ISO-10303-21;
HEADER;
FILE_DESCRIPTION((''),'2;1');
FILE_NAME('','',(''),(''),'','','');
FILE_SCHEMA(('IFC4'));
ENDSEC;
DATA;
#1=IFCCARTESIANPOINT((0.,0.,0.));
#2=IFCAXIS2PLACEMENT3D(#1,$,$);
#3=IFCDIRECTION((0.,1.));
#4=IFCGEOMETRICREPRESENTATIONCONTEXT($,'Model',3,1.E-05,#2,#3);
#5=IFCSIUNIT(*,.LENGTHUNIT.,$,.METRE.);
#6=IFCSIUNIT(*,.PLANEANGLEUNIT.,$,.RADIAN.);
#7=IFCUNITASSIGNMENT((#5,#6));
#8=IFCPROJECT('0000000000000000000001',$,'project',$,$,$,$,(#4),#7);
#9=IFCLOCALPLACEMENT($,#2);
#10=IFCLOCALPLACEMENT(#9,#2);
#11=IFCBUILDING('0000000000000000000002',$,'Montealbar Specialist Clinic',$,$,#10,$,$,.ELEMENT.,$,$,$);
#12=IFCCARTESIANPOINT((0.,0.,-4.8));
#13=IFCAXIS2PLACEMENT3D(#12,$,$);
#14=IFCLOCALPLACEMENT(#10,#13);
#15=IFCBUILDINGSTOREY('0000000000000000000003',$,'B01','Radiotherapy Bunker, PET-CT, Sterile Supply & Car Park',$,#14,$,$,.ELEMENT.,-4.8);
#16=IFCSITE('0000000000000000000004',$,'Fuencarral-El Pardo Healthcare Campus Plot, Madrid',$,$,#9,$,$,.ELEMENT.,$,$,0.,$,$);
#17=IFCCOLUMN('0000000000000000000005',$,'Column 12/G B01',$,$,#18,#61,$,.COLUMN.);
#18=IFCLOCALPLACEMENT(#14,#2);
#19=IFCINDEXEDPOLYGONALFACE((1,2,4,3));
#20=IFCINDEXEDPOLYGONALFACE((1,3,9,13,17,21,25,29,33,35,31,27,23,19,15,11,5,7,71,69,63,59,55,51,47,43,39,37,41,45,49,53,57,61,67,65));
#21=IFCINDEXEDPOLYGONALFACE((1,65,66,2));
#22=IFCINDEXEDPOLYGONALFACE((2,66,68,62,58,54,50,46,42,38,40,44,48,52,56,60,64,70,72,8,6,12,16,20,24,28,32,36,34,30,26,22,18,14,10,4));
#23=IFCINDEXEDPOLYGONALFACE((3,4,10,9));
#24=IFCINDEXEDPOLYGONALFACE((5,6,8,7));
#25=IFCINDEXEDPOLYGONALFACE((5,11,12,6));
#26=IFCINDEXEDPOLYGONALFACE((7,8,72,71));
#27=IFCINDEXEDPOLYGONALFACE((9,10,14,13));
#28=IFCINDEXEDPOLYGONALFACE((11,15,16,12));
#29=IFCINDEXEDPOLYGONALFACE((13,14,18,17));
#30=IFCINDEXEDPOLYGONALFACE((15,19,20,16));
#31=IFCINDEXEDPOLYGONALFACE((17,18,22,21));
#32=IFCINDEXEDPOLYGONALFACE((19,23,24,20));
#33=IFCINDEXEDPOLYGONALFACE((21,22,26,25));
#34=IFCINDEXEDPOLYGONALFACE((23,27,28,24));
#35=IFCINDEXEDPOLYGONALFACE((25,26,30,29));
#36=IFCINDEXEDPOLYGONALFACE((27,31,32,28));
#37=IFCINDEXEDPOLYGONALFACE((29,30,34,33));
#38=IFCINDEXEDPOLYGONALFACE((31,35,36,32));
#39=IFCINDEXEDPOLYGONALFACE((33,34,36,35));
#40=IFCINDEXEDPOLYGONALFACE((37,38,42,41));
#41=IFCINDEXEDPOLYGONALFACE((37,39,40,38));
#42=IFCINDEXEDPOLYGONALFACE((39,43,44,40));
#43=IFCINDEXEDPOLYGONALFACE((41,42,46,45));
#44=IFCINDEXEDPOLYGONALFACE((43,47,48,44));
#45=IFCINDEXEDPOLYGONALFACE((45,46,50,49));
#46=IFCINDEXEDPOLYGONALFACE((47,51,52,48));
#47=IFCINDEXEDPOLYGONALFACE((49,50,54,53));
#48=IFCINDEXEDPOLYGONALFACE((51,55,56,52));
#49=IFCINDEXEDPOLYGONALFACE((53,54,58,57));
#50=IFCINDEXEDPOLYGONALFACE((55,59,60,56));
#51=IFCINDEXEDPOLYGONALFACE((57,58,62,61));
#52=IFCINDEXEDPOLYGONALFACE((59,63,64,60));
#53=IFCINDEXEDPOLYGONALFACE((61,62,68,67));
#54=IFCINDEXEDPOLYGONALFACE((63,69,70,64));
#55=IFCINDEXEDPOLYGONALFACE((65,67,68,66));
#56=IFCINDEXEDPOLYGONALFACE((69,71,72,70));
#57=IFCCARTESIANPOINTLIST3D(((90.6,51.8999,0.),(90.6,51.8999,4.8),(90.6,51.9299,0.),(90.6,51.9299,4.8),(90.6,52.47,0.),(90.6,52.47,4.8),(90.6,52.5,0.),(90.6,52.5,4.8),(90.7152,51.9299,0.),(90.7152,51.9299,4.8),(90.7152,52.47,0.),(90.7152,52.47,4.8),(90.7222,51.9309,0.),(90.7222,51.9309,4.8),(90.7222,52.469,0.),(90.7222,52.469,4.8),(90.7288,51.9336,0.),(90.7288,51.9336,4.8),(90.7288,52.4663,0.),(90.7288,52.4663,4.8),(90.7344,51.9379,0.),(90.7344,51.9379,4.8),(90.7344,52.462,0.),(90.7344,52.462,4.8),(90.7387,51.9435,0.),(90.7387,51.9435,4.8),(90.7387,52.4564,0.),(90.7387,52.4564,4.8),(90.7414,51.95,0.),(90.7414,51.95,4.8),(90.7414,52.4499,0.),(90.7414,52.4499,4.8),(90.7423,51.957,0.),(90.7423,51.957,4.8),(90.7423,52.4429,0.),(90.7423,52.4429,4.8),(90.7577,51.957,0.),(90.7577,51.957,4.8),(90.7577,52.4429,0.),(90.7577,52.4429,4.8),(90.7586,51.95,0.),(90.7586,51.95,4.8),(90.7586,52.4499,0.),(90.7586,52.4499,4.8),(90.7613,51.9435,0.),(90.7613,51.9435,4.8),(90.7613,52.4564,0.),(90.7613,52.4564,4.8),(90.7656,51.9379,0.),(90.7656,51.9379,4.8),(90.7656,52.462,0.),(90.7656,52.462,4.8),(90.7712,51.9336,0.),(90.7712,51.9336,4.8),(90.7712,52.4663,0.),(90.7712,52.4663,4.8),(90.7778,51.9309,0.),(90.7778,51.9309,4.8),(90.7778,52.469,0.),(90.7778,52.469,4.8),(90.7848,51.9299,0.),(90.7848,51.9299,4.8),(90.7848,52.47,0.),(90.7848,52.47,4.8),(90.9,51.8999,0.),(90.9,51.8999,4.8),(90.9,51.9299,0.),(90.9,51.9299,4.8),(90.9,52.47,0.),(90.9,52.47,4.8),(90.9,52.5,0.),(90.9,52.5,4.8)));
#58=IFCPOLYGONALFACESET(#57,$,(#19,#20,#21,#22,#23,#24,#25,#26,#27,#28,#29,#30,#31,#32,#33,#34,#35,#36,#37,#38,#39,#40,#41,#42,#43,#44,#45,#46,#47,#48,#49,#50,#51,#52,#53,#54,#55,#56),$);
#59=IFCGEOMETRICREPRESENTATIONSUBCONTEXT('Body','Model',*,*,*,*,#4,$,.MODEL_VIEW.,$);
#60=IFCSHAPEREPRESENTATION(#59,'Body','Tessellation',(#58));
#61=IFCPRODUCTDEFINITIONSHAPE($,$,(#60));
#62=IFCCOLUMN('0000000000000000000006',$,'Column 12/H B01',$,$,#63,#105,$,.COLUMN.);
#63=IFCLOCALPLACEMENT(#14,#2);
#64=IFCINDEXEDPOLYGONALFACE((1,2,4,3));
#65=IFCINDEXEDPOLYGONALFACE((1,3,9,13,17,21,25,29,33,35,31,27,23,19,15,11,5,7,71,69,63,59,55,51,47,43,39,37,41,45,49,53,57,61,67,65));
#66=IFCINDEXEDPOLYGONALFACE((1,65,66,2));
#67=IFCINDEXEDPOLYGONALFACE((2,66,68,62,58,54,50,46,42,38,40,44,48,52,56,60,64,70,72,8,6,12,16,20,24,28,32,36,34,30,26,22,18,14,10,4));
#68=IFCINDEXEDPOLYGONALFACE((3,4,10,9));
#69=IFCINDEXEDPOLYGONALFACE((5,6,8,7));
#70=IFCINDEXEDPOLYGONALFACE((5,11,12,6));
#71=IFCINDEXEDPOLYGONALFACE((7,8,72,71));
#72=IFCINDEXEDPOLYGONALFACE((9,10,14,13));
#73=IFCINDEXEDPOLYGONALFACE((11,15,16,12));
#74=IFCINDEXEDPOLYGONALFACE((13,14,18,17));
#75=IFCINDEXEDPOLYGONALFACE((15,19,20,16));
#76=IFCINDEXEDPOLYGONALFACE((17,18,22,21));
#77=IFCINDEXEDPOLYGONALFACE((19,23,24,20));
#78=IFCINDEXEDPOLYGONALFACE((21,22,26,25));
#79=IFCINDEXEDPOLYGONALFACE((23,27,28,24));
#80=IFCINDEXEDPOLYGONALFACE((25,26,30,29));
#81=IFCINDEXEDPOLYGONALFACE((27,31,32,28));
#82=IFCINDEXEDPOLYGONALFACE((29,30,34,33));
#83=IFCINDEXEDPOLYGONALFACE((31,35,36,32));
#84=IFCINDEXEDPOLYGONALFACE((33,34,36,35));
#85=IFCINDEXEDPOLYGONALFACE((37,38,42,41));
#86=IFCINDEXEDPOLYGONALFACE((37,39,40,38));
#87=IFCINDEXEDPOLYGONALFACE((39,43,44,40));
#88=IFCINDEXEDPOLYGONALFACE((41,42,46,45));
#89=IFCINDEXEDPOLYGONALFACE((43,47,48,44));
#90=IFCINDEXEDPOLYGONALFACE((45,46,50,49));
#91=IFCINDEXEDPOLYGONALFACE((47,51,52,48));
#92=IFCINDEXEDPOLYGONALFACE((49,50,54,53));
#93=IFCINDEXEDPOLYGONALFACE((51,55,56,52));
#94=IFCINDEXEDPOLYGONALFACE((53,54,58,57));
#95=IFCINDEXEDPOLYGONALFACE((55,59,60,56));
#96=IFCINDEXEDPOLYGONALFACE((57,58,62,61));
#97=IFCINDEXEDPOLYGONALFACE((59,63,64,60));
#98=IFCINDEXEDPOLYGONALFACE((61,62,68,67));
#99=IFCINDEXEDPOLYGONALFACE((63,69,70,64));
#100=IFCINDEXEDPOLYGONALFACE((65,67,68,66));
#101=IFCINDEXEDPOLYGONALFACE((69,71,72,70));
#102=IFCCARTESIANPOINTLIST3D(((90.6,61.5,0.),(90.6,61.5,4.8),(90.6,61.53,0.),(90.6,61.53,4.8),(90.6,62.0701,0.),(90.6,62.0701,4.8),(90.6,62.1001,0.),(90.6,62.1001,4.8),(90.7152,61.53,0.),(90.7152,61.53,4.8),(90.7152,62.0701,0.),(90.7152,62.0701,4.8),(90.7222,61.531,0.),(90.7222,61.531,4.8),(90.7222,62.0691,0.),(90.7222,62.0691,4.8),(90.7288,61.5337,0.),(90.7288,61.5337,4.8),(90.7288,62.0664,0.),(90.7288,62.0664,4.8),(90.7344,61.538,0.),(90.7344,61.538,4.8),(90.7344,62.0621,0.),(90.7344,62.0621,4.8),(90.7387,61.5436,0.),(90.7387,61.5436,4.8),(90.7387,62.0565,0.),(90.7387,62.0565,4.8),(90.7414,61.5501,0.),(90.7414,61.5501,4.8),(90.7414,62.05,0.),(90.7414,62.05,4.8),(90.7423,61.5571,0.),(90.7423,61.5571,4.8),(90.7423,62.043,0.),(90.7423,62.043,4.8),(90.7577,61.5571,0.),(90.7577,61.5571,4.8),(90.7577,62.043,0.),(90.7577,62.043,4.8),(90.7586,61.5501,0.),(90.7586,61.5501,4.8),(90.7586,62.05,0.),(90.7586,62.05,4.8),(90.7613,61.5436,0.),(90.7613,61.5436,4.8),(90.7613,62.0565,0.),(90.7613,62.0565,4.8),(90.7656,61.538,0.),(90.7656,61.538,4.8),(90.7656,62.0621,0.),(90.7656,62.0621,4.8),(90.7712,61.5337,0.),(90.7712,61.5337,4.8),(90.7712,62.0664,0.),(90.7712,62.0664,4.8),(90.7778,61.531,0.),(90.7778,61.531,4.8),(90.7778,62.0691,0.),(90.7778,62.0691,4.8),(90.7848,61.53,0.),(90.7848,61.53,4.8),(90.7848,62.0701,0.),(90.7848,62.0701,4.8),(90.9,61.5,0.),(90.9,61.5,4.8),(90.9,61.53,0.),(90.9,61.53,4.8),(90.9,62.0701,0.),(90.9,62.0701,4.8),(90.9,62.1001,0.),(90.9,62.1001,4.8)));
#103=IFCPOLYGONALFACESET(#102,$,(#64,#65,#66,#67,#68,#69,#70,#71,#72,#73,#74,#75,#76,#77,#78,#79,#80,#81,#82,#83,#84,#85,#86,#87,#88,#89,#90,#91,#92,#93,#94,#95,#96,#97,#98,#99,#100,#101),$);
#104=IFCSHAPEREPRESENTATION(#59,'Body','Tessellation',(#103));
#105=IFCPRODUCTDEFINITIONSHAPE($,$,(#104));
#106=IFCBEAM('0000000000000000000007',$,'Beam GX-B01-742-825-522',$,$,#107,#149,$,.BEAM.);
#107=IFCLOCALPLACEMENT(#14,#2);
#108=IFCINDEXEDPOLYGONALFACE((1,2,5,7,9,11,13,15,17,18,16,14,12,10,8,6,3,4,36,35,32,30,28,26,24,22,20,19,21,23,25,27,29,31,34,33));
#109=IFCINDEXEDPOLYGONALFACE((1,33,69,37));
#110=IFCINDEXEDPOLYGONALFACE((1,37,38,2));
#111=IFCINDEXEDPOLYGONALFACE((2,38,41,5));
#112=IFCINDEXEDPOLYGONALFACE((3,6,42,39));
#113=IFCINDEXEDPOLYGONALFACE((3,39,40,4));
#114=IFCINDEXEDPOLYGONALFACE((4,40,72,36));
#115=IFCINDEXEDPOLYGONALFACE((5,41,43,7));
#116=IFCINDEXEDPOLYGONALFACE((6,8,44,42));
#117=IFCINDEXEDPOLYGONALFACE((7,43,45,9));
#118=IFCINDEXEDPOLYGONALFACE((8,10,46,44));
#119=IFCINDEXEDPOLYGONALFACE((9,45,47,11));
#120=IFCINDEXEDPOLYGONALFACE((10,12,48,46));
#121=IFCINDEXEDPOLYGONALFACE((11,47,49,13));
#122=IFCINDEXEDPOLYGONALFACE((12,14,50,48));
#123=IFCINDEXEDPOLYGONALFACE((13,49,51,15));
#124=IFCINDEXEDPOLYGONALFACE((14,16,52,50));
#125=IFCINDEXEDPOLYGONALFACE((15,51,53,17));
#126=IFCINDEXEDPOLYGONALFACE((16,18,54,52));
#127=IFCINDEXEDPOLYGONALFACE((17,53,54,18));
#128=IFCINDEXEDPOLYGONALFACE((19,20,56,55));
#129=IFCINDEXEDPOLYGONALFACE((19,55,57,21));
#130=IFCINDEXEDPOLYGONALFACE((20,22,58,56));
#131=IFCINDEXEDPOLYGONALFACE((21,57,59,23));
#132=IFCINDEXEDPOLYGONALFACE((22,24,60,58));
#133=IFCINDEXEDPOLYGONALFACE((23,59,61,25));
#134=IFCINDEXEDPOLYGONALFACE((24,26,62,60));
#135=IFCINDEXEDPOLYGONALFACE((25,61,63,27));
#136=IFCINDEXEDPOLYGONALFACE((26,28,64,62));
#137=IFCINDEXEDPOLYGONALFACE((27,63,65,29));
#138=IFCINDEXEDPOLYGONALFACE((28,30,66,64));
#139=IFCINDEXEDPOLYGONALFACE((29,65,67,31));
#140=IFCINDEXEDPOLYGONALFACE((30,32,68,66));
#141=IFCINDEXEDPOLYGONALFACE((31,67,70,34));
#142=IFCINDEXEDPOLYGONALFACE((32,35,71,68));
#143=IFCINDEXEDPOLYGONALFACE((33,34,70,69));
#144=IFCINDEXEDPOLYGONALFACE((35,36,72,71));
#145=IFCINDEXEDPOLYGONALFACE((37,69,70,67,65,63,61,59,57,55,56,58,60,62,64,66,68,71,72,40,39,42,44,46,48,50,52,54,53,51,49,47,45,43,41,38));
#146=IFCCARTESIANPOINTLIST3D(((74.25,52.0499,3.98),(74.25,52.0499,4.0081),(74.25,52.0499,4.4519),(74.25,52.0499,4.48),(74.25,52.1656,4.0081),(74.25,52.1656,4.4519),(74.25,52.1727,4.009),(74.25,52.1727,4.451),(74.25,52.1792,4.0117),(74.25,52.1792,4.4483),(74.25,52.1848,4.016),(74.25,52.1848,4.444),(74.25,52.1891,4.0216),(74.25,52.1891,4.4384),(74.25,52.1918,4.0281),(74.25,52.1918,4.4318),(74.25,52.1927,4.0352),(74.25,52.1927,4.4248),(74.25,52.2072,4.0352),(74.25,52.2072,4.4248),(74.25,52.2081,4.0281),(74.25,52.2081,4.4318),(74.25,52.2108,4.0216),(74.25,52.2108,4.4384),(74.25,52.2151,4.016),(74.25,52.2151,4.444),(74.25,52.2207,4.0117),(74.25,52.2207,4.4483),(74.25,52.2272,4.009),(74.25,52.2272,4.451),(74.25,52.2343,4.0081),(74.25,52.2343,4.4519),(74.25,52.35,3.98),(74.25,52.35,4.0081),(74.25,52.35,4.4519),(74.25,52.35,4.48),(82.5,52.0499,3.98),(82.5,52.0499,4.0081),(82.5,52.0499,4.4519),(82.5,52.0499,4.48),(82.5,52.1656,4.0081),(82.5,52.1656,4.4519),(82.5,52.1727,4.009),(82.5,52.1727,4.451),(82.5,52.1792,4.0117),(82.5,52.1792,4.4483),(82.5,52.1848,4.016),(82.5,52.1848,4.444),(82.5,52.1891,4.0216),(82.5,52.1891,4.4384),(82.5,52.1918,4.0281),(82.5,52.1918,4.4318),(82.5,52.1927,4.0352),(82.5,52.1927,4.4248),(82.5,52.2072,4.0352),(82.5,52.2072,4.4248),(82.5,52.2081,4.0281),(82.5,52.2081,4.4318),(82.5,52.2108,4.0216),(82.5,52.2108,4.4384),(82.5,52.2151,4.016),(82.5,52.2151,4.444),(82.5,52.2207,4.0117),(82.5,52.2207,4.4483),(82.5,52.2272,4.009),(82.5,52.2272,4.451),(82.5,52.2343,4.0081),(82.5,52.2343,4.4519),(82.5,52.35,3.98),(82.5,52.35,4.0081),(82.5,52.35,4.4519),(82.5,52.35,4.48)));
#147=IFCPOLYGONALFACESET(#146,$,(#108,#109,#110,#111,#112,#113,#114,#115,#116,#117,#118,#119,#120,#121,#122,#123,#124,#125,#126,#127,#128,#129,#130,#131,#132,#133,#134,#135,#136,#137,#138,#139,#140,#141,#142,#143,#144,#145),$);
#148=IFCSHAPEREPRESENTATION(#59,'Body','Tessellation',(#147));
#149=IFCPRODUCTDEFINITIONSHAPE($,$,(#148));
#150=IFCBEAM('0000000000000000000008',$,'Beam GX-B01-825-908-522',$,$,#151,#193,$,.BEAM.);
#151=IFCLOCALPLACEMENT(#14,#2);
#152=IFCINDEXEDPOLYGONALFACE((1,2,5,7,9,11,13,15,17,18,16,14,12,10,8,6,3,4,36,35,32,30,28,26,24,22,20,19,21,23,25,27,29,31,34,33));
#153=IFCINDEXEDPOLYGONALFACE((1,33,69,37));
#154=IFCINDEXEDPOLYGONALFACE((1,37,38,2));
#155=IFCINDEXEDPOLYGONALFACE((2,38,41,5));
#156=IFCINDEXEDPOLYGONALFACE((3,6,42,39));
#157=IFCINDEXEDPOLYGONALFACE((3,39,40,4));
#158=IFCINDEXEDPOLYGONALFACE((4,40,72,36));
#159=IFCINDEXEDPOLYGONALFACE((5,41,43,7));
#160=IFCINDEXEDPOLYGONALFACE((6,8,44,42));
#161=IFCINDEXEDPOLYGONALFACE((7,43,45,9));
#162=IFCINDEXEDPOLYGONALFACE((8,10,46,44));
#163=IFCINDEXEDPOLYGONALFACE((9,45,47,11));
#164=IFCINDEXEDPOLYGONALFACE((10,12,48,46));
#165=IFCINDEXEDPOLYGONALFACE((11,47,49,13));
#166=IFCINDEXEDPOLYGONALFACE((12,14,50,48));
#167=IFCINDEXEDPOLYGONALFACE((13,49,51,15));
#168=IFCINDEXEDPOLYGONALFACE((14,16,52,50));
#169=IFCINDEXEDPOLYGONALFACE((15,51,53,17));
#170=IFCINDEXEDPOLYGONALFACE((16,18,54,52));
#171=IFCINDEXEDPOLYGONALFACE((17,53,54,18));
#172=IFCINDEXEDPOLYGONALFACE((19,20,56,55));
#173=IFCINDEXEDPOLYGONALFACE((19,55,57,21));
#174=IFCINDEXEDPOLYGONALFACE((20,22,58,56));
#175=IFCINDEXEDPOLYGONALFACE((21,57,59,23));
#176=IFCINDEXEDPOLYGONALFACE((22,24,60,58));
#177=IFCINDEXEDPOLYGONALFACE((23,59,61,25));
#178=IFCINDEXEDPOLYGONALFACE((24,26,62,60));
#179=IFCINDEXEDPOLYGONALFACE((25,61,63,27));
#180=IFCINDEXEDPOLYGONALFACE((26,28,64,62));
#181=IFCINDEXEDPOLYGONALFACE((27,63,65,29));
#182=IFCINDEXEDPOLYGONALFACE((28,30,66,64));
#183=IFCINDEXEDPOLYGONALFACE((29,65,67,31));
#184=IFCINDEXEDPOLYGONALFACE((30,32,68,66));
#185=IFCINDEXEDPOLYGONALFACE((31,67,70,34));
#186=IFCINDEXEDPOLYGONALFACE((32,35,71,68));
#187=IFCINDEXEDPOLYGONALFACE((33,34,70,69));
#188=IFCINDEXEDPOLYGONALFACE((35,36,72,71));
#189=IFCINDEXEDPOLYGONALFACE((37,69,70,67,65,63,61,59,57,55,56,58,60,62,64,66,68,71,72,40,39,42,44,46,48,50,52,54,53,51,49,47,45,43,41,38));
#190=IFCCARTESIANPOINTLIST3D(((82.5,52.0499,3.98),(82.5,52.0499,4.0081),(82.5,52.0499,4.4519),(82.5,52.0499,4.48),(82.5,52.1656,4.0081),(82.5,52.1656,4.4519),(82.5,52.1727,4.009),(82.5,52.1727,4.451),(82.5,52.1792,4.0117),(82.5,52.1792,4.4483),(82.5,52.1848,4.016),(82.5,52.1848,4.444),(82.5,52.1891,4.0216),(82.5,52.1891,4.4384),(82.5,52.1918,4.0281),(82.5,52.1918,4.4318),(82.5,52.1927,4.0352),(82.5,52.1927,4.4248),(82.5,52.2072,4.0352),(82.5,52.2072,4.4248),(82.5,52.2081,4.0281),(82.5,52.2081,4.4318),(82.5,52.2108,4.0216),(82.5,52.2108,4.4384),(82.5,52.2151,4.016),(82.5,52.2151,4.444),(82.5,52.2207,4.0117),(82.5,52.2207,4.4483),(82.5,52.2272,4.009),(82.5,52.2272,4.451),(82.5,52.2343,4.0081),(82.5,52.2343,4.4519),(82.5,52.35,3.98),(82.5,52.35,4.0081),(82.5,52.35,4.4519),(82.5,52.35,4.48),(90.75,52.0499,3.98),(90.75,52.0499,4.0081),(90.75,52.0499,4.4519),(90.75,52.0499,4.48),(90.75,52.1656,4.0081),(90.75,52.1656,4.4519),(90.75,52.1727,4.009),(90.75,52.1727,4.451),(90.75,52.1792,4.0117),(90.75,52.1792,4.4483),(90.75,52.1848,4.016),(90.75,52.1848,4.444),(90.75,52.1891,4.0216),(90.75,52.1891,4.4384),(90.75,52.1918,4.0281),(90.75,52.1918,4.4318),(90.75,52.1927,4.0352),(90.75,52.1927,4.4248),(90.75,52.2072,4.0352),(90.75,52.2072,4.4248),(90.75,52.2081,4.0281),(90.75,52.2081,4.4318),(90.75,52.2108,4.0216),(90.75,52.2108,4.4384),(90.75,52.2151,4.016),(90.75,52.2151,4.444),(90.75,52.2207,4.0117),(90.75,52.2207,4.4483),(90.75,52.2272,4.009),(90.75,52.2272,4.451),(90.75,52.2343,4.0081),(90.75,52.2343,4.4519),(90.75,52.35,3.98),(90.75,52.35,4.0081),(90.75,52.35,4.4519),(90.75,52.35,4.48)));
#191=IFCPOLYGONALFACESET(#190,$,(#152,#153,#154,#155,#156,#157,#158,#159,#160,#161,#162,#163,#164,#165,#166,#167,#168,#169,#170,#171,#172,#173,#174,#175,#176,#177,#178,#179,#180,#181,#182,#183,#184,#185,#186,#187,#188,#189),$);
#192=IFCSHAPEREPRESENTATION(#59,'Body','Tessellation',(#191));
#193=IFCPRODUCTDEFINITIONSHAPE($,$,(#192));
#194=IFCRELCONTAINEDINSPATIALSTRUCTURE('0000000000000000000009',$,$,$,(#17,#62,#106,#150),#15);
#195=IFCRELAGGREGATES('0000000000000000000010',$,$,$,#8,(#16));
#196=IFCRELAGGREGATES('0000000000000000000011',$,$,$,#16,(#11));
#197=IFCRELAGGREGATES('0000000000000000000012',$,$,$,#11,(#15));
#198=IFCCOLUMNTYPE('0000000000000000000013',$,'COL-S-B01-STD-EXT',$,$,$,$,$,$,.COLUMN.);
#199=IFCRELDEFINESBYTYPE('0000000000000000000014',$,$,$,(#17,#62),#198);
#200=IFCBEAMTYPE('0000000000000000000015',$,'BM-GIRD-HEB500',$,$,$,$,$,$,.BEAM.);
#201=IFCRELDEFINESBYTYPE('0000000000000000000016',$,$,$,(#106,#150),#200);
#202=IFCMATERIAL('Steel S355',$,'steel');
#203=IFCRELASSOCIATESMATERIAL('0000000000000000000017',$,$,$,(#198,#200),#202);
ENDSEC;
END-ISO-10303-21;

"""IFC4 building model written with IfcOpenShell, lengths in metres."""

from ifc_helpers import new_model, si_unit, direction, frame, origin, origin_2d, place, context, subcontext, project, spatial, i_section, extrude, material, material_profile, profile_set, type_object, element, save


model = new_model("IFC4")

# Units and contexts
model_context = context("Model", 3, precision=1e-05, world=origin(), true_north=direction((0.0, 1.0)))
body_context = subcontext(model_context, "Body", "Model", "MODEL_VIEW")
ifc_project = project(units=[si_unit("LENGTHUNIT", "METRE"), si_unit("PLANEANGLEUNIT", "RADIAN")], contexts=[model_context])

# Site, building, storey
site_placement = place(None, origin())
site = spatial("IfcSite", under=ifc_project, at=site_placement, Name="Fuencarral-El Pardo Healthcare Campus Plot, Madrid", CompositionType="ELEMENT", RefElevation=0.0)
building_placement = place(site_placement, origin())
building = spatial("IfcBuilding", under=site, at=building_placement, Name="Montealbar Specialist Clinic", CompositionType="ELEMENT")
storey_placement = place(building_placement, frame((0.0, 0.0, -4.8)))
storey = spatial("IfcBuildingStorey", under=building, at=storey_placement, Name="B01", Description="Radiotherapy Bunker, PET-CT, Sterile Supply & Car Park", CompositionType="ELEMENT", Elevation=-4.8)

# Columns
ifc_material_1 = material(Name="Steel S355", Category="steel")
ifc_material_profile_1 = material_profile(ifc_material_1, i_section(OverallWidth=0.3, OverallDepth=0.6001, WebThickness=0.0154, FlangeThickness=0.03, FilletRadius=0.0271, at=origin_2d()), Name="HEB 600", Category="steel")
ifc_profile_set_1 = profile_set([ifc_material_profile_1], Name="Steel S355")
column_type = type_object("IfcColumnType", Name="COL-S-B01-STD-EXT", PredefinedType="COLUMN", material=ifc_profile_set_1)
for number, where, z_axis, x_axis, name in (
    (1, (90.75, 52.2, 0.0), (0.0, 0.0, 1.0), (1.0, 0.0, 0.0), "Column 12/G B01"),
    (2, (90.75, 61.8, 0.0), (0.0, 0.0, 1.0), (1.0, 0.0, 0.0), "Column 12/H B01"),
):
    element("IfcColumn", number, at=place(storey_placement, frame(where, z_axis=z_axis, x_axis=x_axis)), inside=storey, type_object=column_type, Name=name, PredefinedType="COLUMN", context=body_context, shape_type="SweptSolid", body=[
        extrude(i_section(OverallWidth=0.3, OverallDepth=0.6001, WebThickness=0.0154, FlangeThickness=0.03, FilletRadius=0.0271, at=origin_2d()), origin(), (0.0, 0.0, 1.0), 4.8),
    ])

# Beams
ifc_material_profile_2 = material_profile(ifc_material_1, i_section(OverallWidth=0.3, OverallDepth=0.5, WebThickness=0.0144, FlangeThickness=0.0281, FilletRadius=0.0271, at=origin_2d()), Name="HEB 500", Category="steel")
ifc_profile_set_2 = profile_set([ifc_material_profile_2], Name="Steel S355")
beam_type_1 = type_object("IfcBeamType", Name="BM-GIRD-HEB500", PredefinedType="BEAM", material=ifc_profile_set_2)
for number, where, z_axis, x_axis, name in (
    (3, (74.25, 52.2, 4.23), (1.0, 0.0, 0.0), (0.0, 1.0, 0.0), "Beam GX-B01-742-825-522"),
    (4, (82.5, 52.2, 4.23), (1.0, 0.0, 0.0), (0.0, 1.0, 0.0), "Beam GX-B01-825-908-522"),
):
    element("IfcBeam", number, at=place(storey_placement, frame(where, z_axis=z_axis, x_axis=x_axis)), inside=storey, type_object=beam_type_1, Name=name, PredefinedType="BEAM", context=body_context, shape_type="SweptSolid", body=[
        extrude(i_section(OverallWidth=0.3, OverallDepth=0.5, WebThickness=0.0144, FlangeThickness=0.0281, FilletRadius=0.0271, at=origin_2d()), origin(), (0.0, 0.0, 1.0), 8.25),
    ])

save(model, "model.ifc")
